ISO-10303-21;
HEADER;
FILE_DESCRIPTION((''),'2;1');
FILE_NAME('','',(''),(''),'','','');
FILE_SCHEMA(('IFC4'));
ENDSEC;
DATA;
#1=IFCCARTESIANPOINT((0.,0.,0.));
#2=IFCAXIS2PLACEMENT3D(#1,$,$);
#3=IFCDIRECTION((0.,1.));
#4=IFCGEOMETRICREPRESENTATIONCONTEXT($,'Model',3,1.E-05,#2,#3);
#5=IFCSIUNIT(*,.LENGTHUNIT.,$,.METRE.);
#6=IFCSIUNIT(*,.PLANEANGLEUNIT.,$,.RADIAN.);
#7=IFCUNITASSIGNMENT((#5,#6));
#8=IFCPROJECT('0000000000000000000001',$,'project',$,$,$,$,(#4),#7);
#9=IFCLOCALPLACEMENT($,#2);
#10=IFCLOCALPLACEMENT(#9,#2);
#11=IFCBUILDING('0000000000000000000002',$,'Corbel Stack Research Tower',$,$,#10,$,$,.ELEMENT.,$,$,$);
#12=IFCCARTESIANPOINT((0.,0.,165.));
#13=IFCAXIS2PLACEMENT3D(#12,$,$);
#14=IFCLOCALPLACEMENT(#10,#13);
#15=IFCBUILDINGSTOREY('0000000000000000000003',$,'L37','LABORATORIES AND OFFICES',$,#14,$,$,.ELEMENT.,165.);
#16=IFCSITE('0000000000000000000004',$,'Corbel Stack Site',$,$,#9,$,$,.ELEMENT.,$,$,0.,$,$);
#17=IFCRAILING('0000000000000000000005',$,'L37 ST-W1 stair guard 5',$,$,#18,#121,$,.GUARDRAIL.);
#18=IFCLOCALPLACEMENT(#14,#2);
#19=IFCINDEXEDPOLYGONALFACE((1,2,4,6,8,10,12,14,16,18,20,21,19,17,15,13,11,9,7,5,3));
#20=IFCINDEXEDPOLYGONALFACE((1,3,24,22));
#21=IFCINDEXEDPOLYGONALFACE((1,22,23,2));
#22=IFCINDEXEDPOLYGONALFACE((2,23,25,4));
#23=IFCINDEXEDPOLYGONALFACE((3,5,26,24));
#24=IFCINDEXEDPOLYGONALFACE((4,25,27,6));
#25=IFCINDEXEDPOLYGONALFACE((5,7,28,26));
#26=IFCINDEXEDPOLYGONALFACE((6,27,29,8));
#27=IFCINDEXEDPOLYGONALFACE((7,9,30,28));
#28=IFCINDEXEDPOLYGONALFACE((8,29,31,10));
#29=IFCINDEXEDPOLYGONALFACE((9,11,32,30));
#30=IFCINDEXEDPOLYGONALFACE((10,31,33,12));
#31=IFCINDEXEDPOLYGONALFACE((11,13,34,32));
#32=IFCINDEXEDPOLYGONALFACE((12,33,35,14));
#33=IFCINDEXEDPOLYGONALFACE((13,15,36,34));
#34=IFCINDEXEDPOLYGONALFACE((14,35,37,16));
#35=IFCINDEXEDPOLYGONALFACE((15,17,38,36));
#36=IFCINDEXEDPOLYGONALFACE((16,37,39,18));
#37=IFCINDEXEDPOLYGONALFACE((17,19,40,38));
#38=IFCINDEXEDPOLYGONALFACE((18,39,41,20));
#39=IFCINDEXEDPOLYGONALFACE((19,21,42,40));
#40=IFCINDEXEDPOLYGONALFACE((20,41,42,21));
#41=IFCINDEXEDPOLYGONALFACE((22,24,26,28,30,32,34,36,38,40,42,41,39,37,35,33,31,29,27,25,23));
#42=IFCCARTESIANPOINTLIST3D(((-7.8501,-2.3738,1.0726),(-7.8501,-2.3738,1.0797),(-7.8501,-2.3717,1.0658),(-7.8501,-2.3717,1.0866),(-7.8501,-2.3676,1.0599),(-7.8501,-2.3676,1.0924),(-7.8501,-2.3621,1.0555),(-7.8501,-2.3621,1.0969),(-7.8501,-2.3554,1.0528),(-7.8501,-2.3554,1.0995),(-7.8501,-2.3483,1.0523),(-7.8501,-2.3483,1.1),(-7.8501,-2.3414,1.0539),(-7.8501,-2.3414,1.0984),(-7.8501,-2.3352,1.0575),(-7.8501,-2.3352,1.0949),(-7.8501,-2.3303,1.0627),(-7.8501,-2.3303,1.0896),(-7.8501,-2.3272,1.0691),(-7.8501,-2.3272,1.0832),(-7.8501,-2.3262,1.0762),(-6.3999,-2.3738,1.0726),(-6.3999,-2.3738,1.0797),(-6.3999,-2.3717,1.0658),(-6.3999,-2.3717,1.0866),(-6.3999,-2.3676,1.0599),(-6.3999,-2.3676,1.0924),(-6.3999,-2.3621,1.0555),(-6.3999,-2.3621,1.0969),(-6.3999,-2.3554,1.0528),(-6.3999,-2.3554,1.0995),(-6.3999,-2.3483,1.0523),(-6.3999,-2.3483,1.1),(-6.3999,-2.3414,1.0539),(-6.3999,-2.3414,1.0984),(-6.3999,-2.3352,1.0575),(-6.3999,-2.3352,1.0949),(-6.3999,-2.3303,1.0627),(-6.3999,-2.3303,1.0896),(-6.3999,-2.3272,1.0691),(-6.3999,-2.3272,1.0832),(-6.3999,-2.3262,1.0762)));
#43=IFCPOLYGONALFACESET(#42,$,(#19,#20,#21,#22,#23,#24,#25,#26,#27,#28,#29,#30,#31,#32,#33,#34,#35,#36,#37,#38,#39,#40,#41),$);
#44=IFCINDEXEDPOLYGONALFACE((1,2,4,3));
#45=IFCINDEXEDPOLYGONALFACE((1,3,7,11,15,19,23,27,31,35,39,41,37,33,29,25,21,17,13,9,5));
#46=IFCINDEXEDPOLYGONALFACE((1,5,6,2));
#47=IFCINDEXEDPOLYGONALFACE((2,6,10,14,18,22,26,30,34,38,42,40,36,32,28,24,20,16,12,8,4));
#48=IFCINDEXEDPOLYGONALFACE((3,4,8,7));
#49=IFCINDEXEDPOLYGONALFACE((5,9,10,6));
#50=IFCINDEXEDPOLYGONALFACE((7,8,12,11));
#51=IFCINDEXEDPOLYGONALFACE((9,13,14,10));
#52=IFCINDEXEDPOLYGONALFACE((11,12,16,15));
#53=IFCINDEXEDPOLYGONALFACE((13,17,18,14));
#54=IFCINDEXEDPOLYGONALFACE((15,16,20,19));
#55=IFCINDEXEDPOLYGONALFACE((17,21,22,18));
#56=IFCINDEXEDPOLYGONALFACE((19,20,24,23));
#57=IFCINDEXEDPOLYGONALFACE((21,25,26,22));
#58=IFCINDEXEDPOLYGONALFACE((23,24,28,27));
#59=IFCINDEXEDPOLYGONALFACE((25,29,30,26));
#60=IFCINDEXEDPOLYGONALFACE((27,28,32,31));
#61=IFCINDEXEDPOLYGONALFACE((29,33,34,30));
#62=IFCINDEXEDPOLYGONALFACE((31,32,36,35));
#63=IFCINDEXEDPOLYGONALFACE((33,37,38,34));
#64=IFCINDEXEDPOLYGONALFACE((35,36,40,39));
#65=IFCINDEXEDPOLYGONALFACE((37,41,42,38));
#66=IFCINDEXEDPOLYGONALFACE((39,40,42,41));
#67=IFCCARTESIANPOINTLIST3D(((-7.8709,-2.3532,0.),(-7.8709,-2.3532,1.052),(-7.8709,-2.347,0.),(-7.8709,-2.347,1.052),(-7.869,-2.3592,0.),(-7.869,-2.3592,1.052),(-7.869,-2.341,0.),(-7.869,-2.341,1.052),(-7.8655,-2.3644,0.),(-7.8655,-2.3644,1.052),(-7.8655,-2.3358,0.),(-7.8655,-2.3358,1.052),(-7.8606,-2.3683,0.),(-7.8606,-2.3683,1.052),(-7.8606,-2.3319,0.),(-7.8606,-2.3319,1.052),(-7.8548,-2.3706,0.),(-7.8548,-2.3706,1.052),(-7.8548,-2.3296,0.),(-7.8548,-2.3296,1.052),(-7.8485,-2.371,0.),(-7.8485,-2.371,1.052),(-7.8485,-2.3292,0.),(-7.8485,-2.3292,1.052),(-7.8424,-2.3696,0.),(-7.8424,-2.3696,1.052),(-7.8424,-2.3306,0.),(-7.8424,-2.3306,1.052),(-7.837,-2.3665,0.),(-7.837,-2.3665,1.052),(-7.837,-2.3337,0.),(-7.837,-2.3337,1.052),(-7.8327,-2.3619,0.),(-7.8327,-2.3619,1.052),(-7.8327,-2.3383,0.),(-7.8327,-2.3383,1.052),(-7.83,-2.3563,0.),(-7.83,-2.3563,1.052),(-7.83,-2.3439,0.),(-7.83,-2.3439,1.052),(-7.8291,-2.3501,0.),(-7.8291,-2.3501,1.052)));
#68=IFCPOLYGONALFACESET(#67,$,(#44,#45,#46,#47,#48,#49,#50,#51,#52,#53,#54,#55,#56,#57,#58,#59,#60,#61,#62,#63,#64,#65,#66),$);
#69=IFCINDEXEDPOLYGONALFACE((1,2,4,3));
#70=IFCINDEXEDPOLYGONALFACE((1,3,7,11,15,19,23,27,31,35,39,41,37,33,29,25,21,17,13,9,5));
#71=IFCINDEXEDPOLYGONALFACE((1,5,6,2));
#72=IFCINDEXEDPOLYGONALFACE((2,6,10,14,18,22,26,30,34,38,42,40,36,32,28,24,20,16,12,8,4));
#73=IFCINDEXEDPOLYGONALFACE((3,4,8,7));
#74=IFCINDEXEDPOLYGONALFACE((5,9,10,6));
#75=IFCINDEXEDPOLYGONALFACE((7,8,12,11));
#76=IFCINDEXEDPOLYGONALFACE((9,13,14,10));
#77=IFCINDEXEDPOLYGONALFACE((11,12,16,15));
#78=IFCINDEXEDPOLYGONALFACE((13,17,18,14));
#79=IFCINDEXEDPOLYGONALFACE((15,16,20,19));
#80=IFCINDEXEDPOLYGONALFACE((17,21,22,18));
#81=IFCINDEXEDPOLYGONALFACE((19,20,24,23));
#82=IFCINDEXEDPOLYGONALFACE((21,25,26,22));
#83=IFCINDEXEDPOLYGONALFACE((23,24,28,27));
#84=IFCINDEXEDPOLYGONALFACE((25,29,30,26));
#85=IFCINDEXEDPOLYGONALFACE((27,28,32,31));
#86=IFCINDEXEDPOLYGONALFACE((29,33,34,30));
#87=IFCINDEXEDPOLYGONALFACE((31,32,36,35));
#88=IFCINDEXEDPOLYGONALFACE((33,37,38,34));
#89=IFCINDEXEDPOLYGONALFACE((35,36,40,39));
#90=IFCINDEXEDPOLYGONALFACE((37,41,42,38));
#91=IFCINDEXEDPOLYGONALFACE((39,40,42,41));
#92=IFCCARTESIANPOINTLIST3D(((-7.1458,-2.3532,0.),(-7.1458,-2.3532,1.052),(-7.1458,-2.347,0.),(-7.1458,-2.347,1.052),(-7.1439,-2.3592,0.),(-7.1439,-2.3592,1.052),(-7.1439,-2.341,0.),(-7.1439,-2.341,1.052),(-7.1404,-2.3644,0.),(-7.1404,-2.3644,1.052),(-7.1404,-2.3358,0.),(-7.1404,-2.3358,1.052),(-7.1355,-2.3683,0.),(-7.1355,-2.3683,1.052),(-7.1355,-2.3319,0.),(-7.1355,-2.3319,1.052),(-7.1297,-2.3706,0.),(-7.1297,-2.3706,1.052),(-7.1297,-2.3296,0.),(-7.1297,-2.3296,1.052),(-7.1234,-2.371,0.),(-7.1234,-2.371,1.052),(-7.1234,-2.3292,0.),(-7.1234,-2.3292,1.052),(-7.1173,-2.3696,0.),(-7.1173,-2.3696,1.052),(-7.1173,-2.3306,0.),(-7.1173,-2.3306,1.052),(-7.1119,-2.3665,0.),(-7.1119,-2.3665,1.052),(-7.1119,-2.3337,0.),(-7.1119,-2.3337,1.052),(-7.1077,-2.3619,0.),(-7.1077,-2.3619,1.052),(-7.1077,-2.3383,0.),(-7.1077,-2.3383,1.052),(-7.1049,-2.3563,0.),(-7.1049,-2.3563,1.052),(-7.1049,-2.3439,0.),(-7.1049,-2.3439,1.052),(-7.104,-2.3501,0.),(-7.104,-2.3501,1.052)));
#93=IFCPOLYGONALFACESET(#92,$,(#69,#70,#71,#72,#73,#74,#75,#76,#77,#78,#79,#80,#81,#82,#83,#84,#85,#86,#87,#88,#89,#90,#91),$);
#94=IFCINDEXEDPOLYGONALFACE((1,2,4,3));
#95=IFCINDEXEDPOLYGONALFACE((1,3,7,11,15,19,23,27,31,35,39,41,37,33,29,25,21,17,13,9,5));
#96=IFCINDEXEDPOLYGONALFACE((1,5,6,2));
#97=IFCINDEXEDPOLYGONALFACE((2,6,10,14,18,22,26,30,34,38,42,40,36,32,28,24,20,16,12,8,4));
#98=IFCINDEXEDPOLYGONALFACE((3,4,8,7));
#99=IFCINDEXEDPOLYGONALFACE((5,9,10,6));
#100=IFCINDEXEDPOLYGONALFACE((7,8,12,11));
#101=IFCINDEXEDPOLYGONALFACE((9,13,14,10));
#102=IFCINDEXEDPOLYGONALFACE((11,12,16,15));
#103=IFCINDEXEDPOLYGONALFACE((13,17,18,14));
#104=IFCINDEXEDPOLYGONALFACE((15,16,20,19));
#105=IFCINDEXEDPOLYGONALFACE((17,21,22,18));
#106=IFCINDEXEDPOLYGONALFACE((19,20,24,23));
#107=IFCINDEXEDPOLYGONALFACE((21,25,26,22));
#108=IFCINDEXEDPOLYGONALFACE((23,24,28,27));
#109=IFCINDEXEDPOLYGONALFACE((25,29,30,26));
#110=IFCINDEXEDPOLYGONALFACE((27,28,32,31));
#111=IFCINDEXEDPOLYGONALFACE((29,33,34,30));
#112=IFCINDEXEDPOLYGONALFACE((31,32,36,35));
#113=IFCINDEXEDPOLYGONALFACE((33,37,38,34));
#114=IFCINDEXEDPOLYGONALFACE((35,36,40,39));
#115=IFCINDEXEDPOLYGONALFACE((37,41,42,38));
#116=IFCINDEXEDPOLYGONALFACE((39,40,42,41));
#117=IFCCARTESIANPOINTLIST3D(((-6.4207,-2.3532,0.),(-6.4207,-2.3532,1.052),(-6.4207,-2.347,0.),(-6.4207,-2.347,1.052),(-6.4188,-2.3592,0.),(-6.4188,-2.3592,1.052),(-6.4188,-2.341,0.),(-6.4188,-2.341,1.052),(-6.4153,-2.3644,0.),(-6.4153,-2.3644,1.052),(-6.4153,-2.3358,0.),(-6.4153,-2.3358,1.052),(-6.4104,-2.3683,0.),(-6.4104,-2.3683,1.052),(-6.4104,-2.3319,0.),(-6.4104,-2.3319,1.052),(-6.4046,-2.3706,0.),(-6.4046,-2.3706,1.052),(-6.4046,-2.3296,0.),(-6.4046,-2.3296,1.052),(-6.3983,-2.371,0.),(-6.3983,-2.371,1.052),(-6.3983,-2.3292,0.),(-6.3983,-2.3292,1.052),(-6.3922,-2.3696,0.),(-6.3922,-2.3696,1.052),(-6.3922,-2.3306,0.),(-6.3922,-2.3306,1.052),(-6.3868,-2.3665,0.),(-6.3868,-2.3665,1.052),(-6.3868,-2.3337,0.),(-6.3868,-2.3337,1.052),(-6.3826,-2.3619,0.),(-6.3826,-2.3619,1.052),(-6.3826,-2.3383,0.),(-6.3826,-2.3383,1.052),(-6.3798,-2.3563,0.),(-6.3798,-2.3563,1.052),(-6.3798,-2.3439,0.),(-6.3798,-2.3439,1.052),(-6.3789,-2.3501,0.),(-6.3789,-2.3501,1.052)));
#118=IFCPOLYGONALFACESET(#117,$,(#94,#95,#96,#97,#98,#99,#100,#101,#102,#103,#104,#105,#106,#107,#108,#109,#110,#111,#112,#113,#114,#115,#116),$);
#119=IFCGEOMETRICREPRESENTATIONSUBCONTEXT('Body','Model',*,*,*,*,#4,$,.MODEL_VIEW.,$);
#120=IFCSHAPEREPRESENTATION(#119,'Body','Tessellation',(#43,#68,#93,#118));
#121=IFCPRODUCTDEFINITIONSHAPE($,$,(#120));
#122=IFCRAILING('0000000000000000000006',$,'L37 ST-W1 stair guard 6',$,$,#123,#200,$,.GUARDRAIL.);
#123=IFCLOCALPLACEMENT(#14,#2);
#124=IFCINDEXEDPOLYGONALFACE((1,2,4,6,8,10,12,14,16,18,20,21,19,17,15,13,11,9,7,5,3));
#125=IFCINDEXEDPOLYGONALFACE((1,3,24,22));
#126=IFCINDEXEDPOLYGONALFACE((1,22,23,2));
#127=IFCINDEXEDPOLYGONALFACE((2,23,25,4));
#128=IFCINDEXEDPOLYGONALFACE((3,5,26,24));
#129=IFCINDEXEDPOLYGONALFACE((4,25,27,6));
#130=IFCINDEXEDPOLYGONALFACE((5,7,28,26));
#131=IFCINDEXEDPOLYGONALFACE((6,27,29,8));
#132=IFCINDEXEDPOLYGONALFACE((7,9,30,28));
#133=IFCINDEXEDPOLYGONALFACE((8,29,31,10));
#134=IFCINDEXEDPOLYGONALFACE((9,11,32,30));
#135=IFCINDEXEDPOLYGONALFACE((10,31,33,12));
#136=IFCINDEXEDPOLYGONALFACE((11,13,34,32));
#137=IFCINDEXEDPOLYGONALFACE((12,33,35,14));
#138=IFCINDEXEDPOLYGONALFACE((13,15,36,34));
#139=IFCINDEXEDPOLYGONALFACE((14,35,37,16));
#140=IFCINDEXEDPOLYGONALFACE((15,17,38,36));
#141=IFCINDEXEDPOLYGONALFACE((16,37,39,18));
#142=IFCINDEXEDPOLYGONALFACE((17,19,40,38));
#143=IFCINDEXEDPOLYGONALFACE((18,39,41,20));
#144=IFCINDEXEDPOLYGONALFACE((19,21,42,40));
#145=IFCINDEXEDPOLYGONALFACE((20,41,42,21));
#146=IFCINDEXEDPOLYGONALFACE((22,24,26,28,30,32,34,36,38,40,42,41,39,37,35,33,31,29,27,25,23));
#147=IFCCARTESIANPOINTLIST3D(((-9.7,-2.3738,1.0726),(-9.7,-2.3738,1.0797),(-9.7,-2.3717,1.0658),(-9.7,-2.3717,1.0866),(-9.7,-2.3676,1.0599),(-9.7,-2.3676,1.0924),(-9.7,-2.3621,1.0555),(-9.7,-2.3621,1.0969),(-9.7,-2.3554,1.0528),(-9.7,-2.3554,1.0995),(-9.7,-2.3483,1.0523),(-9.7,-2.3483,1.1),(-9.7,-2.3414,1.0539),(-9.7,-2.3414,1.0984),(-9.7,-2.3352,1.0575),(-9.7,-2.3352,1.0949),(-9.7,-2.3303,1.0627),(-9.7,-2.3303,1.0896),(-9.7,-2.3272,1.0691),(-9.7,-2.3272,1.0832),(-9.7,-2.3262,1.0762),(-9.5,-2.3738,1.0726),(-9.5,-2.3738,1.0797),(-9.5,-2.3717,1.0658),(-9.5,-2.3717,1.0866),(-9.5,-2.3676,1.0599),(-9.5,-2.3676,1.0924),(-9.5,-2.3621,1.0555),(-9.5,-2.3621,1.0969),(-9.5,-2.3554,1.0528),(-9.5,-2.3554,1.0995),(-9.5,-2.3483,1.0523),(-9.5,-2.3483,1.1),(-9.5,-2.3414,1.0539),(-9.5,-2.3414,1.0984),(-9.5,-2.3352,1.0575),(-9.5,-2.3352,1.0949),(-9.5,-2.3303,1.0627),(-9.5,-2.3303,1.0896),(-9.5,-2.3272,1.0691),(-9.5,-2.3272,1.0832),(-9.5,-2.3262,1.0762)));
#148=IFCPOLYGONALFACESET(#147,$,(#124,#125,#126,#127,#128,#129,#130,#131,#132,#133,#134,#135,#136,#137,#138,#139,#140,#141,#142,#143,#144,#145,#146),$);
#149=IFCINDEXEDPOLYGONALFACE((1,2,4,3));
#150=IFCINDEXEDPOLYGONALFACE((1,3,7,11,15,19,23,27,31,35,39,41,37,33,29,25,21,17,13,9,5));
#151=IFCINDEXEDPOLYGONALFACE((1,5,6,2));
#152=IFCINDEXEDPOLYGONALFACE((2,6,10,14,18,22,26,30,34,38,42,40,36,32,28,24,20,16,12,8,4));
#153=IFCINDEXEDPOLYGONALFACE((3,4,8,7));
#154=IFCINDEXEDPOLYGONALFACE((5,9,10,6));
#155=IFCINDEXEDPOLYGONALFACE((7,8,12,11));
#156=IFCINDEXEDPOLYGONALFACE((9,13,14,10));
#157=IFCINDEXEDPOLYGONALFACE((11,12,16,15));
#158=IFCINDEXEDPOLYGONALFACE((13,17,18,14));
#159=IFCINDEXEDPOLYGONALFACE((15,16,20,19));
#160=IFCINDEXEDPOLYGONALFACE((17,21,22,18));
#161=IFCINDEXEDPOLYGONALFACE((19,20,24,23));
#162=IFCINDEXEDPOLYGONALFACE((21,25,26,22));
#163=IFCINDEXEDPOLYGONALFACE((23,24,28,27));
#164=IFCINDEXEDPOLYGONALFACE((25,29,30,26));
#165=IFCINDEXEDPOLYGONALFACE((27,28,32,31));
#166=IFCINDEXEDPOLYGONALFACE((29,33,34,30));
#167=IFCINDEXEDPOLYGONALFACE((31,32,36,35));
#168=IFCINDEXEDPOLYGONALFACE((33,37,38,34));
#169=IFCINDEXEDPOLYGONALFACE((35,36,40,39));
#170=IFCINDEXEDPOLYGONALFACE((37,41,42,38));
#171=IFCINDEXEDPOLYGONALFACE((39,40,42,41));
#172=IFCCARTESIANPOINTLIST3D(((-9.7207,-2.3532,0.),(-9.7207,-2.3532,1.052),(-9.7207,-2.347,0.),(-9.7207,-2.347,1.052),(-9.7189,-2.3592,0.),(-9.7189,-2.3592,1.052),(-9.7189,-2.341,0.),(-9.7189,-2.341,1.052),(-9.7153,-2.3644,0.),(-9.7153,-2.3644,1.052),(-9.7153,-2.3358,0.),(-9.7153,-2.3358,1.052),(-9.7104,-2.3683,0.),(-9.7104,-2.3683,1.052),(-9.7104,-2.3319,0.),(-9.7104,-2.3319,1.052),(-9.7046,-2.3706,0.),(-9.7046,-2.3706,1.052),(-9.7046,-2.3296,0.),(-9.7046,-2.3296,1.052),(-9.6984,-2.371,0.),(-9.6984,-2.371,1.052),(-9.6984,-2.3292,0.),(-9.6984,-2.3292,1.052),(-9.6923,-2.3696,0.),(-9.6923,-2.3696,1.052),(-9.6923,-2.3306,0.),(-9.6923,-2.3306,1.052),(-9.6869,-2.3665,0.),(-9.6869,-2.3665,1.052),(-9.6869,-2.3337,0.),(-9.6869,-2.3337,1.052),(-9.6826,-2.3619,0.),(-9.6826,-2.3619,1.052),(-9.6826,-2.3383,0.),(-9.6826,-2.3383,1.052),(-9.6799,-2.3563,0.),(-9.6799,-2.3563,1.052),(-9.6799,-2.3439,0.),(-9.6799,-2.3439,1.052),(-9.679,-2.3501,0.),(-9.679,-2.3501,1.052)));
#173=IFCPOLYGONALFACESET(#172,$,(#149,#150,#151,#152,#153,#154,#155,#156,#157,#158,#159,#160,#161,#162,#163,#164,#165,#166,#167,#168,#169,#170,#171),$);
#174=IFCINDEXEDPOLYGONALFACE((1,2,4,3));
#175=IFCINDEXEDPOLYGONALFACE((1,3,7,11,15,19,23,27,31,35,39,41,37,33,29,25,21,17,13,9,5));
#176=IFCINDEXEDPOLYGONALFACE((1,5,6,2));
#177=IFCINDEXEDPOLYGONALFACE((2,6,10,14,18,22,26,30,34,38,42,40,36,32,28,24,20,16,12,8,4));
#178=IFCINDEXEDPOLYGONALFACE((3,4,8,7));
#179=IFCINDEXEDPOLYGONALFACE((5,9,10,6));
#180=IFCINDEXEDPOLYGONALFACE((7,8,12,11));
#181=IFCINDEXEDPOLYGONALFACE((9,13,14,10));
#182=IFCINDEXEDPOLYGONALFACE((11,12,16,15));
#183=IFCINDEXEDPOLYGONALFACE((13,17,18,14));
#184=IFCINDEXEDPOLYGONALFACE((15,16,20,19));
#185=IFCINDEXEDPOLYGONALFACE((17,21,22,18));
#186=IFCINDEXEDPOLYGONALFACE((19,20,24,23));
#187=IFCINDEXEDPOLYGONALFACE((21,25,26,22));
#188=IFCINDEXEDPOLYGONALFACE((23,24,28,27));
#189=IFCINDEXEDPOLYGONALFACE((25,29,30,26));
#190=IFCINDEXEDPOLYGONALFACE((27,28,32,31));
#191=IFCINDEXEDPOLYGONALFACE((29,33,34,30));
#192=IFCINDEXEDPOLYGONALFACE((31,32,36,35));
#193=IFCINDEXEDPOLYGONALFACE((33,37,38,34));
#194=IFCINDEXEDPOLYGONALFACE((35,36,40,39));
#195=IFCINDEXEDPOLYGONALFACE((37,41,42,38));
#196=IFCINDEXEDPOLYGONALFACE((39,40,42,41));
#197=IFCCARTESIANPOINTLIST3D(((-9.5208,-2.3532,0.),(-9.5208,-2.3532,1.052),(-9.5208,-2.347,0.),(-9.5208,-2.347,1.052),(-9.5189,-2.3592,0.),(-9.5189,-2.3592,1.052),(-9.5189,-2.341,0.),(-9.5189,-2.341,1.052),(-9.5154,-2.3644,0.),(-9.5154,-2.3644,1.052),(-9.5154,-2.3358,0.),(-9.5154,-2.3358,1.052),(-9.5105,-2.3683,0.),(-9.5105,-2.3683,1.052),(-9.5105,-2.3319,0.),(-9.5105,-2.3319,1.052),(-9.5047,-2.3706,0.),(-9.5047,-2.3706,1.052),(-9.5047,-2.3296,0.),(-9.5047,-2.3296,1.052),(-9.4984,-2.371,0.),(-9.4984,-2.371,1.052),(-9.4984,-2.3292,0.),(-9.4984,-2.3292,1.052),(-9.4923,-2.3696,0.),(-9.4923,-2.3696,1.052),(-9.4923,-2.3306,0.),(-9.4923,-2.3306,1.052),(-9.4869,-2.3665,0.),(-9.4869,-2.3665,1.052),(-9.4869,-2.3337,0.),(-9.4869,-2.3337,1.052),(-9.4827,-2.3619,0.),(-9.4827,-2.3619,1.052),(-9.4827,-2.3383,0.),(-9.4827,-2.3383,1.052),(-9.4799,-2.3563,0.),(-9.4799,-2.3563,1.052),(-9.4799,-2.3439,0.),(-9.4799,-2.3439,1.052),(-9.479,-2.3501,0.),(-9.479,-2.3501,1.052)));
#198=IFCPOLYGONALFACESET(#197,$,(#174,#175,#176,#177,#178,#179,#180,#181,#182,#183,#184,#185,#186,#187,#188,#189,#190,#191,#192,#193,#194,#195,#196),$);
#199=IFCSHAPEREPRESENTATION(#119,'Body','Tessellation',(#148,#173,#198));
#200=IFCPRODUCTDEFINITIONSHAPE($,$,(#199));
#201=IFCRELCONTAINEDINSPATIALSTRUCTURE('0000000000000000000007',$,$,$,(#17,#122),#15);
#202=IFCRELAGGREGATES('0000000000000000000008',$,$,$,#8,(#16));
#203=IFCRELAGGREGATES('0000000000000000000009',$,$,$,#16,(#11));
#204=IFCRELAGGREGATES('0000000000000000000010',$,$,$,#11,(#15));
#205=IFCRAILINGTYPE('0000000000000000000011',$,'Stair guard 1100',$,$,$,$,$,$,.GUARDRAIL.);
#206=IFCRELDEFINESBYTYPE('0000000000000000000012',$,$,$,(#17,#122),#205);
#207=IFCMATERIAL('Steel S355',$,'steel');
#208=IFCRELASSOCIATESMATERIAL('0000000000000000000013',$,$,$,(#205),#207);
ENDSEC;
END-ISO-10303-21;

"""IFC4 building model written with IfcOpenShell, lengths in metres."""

from ifc_helpers import new_model, si_unit, direction, frame, origin, origin_2d, place, context, subcontext, project, spatial, circle, extrude, material, type_object, element, save


model = new_model("IFC4")

# Units and contexts
model_context = context("Model", 3, precision=1e-05, world=origin(), true_north=direction((0.0, 1.0)))
body_context = subcontext(model_context, "Body", "Model", "MODEL_VIEW")
ifc_project = project(units=[si_unit("LENGTHUNIT", "METRE"), si_unit("PLANEANGLEUNIT", "RADIAN")], contexts=[model_context])

# Site, building, storey
site_placement = place(None, origin())
site = spatial("IfcSite", under=ifc_project, at=site_placement, Name="Corbel Stack Site", CompositionType="ELEMENT", RefElevation=0.0)
building_placement = place(site_placement, origin())
building = spatial("IfcBuilding", under=site, at=building_placement, Name="Corbel Stack Research Tower", CompositionType="ELEMENT")
storey_placement = place(building_placement, frame((0.0, 0.0, 165.0)))
storey = spatial("IfcBuildingStorey", under=building, at=storey_placement, Name="L37", Description="LABORATORIES AND OFFICES", CompositionType="ELEMENT", Elevation=165.0)

# Railings
ifc_material_1 = material(Name="Steel S355", Category="steel")
railing_type_1 = type_object("IfcRailingType", Name="Stair guard 1100", PredefinedType="GUARDRAIL", material=ifc_material_1)
railing_1_placement = place(storey_placement, frame((-7.8501, -2.3501, 0.0)))
element("IfcRailing", 1, at=railing_1_placement, inside=storey, type_object=railing_type_1, Name="L37 ST-W1 stair guard 5", PredefinedType="GUARDRAIL", context=body_context, shape_type="SweptSolid", body=[
    extrude(circle(Radius=0.0239, at=origin_2d()), frame((0.0, 0.0, 1.0762), z_axis=(1.0, 0.0, 0.0), x_axis=(0.0, 1.0, 0.0)), (0.0, 0.0, 1.0), 1.4502),
    extrude(circle(Radius=0.021, at=origin_2d()), origin(), (0.0, 0.0, 1.0), 1.052),
    extrude(circle(Radius=0.021, at=origin_2d()), frame((0.7251, 0.0, 0.0)), (0.0, 0.0, 1.0), 1.052),
    extrude(circle(Radius=0.021, at=origin_2d()), frame((1.4502, 0.0, 0.0)), (0.0, 0.0, 1.0), 1.052),
])
railing_2_placement = place(storey_placement, frame((-9.7, -2.3501, 0.0)))
element("IfcRailing", 2, at=railing_2_placement, inside=storey, type_object=railing_type_1, Name="L37 ST-W1 stair guard 6", PredefinedType="GUARDRAIL", context=body_context, shape_type="SweptSolid", body=[
    extrude(circle(Radius=0.0239, at=origin_2d()), frame((0.0, 0.0, 1.0762), z_axis=(1.0, 0.0, 0.0), x_axis=(0.0, 1.0, 0.0)), (0.0, 0.0, 1.0), 0.2),
    extrude(circle(Radius=0.021, at=origin_2d()), origin(), (0.0, 0.0, 1.0), 1.052),
    extrude(circle(Radius=0.021, at=origin_2d()), frame((0.2, 0.0, 0.0)), (0.0, 0.0, 1.0), 1.052),
])

save(model, "model.ifc")
